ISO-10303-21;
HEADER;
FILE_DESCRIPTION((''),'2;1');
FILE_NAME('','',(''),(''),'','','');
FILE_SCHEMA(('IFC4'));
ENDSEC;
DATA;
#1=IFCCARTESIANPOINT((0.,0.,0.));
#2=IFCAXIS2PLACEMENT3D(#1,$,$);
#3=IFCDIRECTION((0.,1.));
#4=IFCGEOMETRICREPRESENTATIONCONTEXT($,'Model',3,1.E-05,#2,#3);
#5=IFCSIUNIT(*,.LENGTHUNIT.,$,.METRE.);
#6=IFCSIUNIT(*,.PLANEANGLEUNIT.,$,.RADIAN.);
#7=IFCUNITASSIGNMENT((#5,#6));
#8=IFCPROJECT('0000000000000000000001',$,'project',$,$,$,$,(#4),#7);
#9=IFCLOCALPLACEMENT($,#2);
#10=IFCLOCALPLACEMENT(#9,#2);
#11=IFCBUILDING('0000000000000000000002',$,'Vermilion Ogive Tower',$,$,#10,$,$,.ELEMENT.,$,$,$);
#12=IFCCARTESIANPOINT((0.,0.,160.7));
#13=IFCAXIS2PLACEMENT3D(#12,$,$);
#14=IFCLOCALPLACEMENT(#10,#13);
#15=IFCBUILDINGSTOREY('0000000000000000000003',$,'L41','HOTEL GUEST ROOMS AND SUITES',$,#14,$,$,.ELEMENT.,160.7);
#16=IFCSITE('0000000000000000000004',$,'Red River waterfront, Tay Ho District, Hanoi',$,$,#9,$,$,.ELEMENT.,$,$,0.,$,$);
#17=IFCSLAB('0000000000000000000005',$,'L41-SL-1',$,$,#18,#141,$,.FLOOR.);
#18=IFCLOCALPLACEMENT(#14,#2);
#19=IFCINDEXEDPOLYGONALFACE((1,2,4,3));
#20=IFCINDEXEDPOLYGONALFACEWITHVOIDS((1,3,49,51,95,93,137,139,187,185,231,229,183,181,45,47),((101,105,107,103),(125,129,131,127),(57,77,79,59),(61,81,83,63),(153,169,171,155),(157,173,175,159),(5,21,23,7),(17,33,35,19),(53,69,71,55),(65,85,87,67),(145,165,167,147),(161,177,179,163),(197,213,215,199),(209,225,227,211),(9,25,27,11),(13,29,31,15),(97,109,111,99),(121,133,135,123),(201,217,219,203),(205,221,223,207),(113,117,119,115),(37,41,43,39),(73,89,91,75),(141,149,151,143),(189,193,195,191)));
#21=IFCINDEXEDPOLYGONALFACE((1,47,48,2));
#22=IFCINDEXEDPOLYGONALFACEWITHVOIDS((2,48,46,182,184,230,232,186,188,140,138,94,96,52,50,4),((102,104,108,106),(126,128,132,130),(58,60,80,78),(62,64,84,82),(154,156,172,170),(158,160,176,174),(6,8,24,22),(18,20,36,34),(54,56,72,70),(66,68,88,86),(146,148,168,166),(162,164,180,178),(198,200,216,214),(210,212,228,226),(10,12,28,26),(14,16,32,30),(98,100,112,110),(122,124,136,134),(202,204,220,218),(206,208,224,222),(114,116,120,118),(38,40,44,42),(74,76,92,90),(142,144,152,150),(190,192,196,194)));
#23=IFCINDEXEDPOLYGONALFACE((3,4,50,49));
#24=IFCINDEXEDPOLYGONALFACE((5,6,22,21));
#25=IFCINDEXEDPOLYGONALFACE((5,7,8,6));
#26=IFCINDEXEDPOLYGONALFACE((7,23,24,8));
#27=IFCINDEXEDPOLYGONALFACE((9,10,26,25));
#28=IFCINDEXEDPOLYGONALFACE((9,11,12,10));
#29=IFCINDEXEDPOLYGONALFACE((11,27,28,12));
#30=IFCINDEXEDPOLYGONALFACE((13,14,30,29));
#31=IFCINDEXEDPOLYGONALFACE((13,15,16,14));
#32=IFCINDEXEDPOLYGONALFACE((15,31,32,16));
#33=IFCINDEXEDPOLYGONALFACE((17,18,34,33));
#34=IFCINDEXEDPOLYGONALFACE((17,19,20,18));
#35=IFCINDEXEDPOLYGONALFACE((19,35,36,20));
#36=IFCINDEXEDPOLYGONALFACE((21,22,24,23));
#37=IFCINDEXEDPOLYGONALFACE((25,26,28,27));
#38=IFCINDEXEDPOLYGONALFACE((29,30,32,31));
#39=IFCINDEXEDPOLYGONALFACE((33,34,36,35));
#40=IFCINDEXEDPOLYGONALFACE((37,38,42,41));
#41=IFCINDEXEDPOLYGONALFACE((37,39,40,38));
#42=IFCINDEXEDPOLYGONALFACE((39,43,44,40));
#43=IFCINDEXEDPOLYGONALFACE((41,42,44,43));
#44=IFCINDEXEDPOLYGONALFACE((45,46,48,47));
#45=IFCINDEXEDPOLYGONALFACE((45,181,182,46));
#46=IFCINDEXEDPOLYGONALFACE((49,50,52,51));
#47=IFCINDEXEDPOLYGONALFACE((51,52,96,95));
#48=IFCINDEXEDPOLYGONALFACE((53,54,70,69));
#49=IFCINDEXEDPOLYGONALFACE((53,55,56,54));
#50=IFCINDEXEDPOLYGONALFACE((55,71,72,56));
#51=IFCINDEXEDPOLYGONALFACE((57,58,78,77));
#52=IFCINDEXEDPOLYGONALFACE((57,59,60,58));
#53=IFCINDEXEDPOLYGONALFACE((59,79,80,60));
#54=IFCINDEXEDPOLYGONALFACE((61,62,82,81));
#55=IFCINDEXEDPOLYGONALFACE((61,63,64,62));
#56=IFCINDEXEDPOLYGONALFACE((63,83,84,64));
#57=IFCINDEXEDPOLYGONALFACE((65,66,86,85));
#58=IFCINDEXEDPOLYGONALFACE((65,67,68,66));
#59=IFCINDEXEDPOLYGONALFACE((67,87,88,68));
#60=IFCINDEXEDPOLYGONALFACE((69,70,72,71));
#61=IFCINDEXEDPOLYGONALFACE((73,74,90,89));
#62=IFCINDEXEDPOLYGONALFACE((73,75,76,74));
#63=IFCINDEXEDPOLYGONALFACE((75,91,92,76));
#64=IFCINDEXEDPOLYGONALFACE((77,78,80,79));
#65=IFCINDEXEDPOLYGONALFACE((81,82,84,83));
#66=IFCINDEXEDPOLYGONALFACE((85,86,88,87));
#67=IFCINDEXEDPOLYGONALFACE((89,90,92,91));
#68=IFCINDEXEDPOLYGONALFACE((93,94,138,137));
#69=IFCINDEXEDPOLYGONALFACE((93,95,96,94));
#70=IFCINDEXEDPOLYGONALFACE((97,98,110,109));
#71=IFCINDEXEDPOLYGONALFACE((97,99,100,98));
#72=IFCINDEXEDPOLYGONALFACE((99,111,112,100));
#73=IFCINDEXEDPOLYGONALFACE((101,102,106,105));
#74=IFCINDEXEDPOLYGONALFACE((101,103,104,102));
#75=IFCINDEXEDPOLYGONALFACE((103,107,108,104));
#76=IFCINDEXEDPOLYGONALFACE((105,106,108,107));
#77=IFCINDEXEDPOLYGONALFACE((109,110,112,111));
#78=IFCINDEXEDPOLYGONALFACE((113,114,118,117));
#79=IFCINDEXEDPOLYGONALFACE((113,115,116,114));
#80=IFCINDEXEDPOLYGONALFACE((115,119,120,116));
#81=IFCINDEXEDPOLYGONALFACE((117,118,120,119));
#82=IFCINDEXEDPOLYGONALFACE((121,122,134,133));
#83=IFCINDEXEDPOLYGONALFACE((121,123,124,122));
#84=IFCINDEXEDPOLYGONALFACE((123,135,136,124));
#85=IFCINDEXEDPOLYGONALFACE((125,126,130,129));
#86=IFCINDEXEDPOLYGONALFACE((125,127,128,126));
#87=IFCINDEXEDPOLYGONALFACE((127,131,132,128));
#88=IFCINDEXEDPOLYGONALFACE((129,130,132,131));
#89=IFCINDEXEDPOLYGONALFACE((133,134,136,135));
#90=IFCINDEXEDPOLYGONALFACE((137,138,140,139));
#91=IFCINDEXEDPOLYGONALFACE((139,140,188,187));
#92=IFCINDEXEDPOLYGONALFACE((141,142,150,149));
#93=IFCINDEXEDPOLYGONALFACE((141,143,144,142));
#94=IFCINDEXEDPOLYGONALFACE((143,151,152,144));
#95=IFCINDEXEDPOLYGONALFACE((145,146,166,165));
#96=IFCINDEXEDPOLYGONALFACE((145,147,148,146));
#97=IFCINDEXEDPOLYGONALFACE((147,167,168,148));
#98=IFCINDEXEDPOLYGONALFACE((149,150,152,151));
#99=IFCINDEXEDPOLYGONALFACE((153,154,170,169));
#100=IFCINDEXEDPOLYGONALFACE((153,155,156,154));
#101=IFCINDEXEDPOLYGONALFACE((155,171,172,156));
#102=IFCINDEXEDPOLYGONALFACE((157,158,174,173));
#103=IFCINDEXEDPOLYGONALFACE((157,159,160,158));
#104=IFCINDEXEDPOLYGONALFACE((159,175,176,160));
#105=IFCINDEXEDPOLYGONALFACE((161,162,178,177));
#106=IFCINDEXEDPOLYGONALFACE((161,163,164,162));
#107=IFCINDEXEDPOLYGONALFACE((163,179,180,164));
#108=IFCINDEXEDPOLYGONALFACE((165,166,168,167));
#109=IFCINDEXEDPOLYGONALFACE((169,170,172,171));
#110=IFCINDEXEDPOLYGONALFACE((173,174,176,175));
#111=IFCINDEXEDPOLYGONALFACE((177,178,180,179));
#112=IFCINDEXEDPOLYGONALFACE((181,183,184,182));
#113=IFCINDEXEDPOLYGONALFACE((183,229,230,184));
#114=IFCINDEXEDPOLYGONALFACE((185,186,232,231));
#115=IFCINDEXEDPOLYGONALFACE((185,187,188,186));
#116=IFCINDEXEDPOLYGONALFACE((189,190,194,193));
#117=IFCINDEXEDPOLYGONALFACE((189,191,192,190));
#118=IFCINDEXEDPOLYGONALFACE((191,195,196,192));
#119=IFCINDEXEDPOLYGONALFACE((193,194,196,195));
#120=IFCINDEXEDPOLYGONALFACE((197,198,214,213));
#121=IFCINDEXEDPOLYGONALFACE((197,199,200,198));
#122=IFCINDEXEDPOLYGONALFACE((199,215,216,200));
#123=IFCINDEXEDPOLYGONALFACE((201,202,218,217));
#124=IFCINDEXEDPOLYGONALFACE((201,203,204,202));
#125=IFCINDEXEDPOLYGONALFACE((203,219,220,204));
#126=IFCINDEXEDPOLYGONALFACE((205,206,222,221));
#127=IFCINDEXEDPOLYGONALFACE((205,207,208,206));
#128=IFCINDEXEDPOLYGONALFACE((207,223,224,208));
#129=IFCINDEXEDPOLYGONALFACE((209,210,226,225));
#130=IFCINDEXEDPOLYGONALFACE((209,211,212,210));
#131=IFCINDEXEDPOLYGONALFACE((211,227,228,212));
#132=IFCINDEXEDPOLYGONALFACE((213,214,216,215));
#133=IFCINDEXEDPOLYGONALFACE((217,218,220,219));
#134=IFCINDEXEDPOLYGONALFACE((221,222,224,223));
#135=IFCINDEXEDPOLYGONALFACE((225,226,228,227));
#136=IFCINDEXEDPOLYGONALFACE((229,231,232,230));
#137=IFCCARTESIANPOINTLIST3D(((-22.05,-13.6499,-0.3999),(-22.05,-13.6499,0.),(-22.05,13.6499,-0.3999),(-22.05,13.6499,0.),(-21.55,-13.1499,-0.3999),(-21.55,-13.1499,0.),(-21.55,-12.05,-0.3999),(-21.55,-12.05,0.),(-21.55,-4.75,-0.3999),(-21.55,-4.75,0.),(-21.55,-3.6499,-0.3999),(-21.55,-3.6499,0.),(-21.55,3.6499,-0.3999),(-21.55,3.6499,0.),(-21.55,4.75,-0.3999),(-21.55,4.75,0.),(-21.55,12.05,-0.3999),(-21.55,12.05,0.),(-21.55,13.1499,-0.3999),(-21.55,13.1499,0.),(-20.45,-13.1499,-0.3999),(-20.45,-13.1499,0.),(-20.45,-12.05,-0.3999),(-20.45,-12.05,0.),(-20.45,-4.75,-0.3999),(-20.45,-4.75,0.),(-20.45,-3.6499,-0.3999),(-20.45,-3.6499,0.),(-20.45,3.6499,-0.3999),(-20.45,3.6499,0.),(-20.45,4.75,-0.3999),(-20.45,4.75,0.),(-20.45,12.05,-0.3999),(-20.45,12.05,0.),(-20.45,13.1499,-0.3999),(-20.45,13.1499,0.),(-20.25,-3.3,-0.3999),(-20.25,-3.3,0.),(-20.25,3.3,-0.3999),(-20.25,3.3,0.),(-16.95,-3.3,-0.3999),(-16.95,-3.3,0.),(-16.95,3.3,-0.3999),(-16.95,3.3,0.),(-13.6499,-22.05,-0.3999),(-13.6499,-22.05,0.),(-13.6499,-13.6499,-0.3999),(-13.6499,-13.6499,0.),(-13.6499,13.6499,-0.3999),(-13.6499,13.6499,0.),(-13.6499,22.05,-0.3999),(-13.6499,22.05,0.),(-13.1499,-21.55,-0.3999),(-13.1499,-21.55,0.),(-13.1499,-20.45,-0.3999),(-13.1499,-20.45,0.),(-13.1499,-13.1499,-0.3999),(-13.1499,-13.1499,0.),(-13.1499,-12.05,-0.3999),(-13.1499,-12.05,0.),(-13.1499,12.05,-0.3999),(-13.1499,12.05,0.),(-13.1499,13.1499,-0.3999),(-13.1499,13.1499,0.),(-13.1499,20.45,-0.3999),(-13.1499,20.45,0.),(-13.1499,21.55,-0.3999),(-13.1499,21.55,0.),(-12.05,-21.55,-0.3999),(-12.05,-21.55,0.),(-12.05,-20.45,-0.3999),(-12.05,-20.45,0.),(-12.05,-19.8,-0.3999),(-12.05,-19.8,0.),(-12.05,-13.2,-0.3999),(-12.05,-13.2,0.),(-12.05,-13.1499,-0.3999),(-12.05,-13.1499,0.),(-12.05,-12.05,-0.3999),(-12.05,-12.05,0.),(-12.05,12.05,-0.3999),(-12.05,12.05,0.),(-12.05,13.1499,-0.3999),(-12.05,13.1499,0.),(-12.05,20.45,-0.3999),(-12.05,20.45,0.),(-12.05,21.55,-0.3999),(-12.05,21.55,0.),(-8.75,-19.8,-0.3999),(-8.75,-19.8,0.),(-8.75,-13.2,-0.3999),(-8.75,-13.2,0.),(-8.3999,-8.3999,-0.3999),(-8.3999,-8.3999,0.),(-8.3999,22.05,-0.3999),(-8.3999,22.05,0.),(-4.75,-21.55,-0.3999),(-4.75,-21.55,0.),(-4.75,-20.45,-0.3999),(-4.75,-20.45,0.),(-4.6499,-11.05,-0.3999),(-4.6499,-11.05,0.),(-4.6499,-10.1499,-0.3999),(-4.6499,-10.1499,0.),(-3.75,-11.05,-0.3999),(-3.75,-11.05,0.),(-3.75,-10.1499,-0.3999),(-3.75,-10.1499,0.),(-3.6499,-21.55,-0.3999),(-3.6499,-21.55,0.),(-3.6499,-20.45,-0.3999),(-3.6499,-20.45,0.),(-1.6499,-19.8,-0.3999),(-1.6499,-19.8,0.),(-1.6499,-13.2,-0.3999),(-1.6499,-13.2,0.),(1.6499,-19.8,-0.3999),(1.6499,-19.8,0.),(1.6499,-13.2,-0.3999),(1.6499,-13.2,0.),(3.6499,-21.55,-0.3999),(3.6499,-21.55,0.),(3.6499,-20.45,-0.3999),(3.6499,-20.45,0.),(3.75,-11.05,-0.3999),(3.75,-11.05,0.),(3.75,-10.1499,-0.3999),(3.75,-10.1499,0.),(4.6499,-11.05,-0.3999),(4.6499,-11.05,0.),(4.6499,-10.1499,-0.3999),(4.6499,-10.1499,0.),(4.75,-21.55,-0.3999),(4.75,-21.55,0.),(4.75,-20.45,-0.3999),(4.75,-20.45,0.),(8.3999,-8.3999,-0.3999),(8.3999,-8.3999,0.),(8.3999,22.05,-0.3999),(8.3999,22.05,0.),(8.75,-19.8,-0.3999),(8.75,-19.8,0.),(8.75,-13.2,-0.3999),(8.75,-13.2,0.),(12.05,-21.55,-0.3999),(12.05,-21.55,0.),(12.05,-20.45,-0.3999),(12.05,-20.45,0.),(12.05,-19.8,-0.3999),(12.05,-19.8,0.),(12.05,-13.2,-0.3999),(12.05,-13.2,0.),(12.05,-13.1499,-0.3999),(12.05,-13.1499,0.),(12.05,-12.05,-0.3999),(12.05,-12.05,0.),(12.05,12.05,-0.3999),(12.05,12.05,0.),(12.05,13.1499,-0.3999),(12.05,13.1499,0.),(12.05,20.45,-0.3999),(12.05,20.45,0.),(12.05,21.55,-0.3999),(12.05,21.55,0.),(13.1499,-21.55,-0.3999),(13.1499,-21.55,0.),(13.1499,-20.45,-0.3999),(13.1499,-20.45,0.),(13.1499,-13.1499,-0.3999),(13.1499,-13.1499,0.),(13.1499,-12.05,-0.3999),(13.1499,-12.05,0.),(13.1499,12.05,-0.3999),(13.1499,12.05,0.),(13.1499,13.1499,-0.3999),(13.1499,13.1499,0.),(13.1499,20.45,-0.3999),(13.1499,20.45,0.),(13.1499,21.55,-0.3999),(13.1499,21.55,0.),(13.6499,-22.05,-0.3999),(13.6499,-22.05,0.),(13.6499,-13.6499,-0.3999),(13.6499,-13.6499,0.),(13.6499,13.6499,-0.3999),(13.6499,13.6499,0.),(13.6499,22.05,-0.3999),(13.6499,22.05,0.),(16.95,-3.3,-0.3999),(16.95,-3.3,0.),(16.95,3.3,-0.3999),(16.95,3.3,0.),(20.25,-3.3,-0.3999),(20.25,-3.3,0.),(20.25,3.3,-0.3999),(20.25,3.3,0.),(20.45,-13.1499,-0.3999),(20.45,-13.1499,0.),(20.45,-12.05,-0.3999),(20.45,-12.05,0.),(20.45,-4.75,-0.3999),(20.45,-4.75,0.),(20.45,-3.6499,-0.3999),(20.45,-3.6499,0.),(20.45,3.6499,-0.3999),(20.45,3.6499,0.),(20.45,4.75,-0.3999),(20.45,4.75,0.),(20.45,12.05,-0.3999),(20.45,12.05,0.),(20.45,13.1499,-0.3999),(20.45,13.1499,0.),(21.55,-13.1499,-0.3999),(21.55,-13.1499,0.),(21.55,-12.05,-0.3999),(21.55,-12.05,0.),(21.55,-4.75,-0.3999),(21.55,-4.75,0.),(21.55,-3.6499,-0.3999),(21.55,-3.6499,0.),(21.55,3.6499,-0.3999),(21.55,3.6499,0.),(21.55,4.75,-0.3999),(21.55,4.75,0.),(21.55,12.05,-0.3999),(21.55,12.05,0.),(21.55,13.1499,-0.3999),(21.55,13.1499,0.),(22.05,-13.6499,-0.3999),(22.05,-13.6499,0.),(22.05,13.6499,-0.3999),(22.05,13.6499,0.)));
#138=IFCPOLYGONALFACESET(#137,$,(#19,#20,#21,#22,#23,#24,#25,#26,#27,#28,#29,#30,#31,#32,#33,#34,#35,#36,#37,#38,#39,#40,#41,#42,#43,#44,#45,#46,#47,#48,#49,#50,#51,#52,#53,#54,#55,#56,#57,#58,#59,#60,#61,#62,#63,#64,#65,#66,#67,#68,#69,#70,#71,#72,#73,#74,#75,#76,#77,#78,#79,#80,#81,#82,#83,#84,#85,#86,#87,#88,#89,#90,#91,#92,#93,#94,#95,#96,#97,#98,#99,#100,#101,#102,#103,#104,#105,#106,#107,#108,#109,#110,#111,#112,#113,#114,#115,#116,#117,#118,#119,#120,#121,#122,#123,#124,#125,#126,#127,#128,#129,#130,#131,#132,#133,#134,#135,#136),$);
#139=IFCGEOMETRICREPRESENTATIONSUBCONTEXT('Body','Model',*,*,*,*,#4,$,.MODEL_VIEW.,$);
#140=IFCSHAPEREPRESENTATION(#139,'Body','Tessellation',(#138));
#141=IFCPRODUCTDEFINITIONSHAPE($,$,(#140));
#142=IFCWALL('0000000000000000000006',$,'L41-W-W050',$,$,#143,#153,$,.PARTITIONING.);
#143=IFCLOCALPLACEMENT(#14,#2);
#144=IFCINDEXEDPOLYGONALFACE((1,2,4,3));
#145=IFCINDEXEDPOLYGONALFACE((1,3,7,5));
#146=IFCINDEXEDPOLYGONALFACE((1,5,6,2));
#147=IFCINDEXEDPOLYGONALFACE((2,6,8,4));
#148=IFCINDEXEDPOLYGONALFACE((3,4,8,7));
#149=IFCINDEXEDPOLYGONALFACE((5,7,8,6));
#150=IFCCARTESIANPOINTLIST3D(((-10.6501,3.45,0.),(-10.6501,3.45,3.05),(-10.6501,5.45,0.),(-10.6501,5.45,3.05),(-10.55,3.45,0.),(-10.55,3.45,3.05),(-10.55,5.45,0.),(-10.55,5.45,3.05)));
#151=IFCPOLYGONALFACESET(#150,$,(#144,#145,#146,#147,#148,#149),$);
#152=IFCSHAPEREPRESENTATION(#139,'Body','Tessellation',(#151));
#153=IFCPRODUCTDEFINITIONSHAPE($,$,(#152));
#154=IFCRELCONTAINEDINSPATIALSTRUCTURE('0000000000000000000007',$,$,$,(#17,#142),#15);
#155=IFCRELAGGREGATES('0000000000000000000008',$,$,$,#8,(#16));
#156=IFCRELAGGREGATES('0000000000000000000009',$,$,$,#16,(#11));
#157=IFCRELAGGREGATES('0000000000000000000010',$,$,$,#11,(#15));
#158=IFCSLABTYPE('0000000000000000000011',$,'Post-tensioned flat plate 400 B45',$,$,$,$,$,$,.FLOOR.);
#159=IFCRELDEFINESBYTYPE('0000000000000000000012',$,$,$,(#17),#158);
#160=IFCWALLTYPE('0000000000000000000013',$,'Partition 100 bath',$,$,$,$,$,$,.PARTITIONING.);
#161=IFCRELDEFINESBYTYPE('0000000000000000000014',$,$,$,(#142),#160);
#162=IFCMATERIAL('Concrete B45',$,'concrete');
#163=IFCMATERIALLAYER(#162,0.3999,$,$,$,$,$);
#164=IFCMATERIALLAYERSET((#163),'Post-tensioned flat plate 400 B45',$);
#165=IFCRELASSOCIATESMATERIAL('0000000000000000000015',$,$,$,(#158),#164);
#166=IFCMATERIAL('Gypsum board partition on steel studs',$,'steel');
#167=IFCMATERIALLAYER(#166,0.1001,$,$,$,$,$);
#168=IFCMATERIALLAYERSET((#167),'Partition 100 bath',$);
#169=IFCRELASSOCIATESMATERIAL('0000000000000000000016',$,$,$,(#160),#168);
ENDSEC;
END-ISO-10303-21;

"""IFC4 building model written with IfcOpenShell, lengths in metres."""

from ifc_helpers import new_model, si_unit, direction, frame, frame_2d, origin, place, context, subcontext, project, spatial, polyline, rectangle, outline, extrude, material, layer, layer_set, type_object, element, save


model = new_model("IFC4")

# Units and contexts
model_context = context("Model", 3, precision=1e-05, world=origin(), true_north=direction((0.0, 1.0)))
body_context = subcontext(model_context, "Body", "Model", "MODEL_VIEW")
ifc_project = project(units=[si_unit("LENGTHUNIT", "METRE"), si_unit("PLANEANGLEUNIT", "RADIAN")], contexts=[model_context])

# Site, building, storey
site_placement = place(None, origin())
site = spatial("IfcSite", under=ifc_project, at=site_placement, Name="Red River waterfront, Tay Ho District, Hanoi", CompositionType="ELEMENT", RefElevation=0.0)
building_placement = place(site_placement, origin())
building = spatial("IfcBuilding", under=site, at=building_placement, Name="Vermilion Ogive Tower", CompositionType="ELEMENT")
storey_placement = place(building_placement, frame((0.0, 0.0, 160.7)))
storey = spatial("IfcBuildingStorey", under=building, at=storey_placement, Name="L41", Description="HOTEL GUEST ROOMS AND SUITES", CompositionType="ELEMENT", Elevation=160.7)

# Slab
ifc_material_1 = material(Name="Concrete B45", Category="concrete")
ifc_layer_1 = layer(ifc_material_1, 0.3999)
ifc_layer_set_1 = layer_set([ifc_layer_1], Name="Post-tensioned flat plate 400 B45")
slab_type = type_object("IfcSlabType", Name="Post-tensioned flat plate 400 B45", PredefinedType="FLOOR", material=ifc_layer_set_1)
slab_placement = place(storey_placement, frame((0.0, 0.0, -0.3999)))
element("IfcSlab", 1, at=slab_placement, inside=storey, type_object=slab_type, Name="L41-SL-1", PredefinedType="FLOOR", context=body_context, shape_type="SweptSolid", body=[
    extrude(outline(polyline([(-13.6499, -13.6499), (-22.05, -13.6499), (-22.05, 13.6499), (-13.6499, 13.6499), (-13.6499, 22.05), (-8.3999, 22.05), (-8.3999, -8.3999), (8.3999, -8.3999), (8.3999, 22.05), (13.6499, 22.05), (13.6499, 13.6499), (22.05, 13.6499), (22.05, -13.6499), (13.6499, -13.6499), (13.6499, -22.05), (-13.6499, -22.05), (-13.6499, -13.6499)]), holes=[polyline([(21.55, 12.05), (21.55, 13.1499), (20.45, 13.1499), (20.45, 12.05), (21.55, 12.05)]), polyline([(21.55, 3.6499), (21.55, 4.75), (20.45, 4.75), (20.45, 3.6499), (21.55, 3.6499)]), polyline([(21.55, -4.75), (21.55, -3.6499), (20.45, -3.6499), (20.45, -4.75), (21.55, -4.75)]), polyline([(21.55, -13.1499), (21.55, -12.05), (20.45, -12.05), (20.45, -13.1499), (21.55, -13.1499)]), polyline([(20.25, -3.3), (20.25, 3.3), (16.95, 3.3), (16.95, -3.3), (20.25, -3.3)]), polyline([(13.1499, 20.45), (13.1499, 21.55), (12.05, 21.55), (12.05, 20.45), (13.1499, 20.45)]), polyline([(13.1499, 12.05), (13.1499, 13.1499), (12.05, 13.1499), (12.05, 12.05), (13.1499, 12.05)]), polyline([(13.1499, -13.1499), (13.1499, -12.05), (12.05, -12.05), (12.05, -13.1499), (13.1499, -13.1499)]), polyline([(13.1499, -21.55), (13.1499, -20.45), (12.05, -20.45), (12.05, -21.55), (13.1499, -21.55)]), polyline([(12.05, -19.8), (12.05, -13.2), (8.75, -13.2), (8.75, -19.8), (12.05, -19.8)]), polyline([(4.75, -20.45), (3.6499, -20.45), (3.6499, -21.55), (4.75, -21.55), (4.75, -20.45)]), polyline([(4.6499, -11.05), (4.6499, -10.1499), (3.75, -10.1499), (3.75, -11.05), (4.6499, -11.05)]), polyline([(1.6499, -19.8), (1.6499, -13.2), (-1.6499, -13.2), (-1.6499, -19.8), (1.6499, -19.8)]), polyline([(-3.6499, -21.55), (-3.6499, -20.45), (-4.75, -20.45), (-4.75, -21.55), (-3.6499, -21.55)]), polyline([(-3.75, -11.05), (-3.75, -10.1499), (-4.6499, -10.1499), (-4.6499, -11.05), (-3.75, -11.05)]), polyline([(-8.75, -19.8), (-8.75, -13.2), (-12.05, -13.2), (-12.05, -19.8), (-8.75, -19.8)]), polyline([(-12.05, 20.45), (-12.05, 21.55), (-13.1499, 21.55), (-13.1499, 20.45), (-12.05, 20.45)]), polyline([(-12.05, 12.05), (-12.05, 13.1499), (-13.1499, 13.1499), (-13.1499, 12.05), (-12.05, 12.05)]), polyline([(-12.05, -13.1499), (-12.05, -12.05), (-13.1499, -12.05), (-13.1499, -13.1499), (-12.05, -13.1499)]), polyline([(-12.05, -20.45), (-13.1499, -20.45), (-13.1499, -21.55), (-12.05, -21.55), (-12.05, -20.45)]), polyline([(-16.95, -3.3), (-16.95, 3.3), (-20.25, 3.3), (-20.25, -3.3), (-16.95, -3.3)]), polyline([(-20.45, -13.1499), (-20.45, -12.05), (-21.55, -12.05), (-21.55, -13.1499), (-20.45, -13.1499)]), polyline([(-20.45, 12.05), (-20.45, 13.1499), (-21.55, 13.1499), (-21.55, 12.05), (-20.45, 12.05)]), polyline([(-20.45, 3.6499), (-20.45, 4.75), (-21.55, 4.75), (-21.55, 3.6499), (-20.45, 3.6499)]), polyline([(-20.45, -4.75), (-20.45, -3.6499), (-21.55, -3.6499), (-21.55, -4.75), (-20.45, -4.75)])]), origin(), (0.0, 0.0, 1.0), 0.3999),
])

# Wall
ifc_material_2 = material(Name="Gypsum board partition on steel studs", Category="steel")
ifc_layer_2 = layer(ifc_material_2, 0.1001)
ifc_layer_set_2 = layer_set([ifc_layer_2], Name="Partition 100 bath")
wall_type_1 = type_object("IfcWallType", Name="Partition 100 bath", PredefinedType="PARTITIONING", material=ifc_layer_set_2)
wall_1_placement = place(storey_placement, frame((-10.6001, 3.45, 0.0), z_axis=(0.0, 0.0, 1.0), x_axis=(0.0, 1.0, 0.0)))
element("IfcWall", 2, at=wall_1_placement, inside=storey, type_object=wall_type_1, Name="L41-W-W050", PredefinedType="PARTITIONING", context=body_context, shape_type="SweptSolid", body=[
    extrude(rectangle(XDim=2.0, YDim=0.1001, at=frame_2d((1.0, 0.0))), origin(), (0.0, 0.0, 1.0), 3.05),
])

save(model, "model.ifc")
